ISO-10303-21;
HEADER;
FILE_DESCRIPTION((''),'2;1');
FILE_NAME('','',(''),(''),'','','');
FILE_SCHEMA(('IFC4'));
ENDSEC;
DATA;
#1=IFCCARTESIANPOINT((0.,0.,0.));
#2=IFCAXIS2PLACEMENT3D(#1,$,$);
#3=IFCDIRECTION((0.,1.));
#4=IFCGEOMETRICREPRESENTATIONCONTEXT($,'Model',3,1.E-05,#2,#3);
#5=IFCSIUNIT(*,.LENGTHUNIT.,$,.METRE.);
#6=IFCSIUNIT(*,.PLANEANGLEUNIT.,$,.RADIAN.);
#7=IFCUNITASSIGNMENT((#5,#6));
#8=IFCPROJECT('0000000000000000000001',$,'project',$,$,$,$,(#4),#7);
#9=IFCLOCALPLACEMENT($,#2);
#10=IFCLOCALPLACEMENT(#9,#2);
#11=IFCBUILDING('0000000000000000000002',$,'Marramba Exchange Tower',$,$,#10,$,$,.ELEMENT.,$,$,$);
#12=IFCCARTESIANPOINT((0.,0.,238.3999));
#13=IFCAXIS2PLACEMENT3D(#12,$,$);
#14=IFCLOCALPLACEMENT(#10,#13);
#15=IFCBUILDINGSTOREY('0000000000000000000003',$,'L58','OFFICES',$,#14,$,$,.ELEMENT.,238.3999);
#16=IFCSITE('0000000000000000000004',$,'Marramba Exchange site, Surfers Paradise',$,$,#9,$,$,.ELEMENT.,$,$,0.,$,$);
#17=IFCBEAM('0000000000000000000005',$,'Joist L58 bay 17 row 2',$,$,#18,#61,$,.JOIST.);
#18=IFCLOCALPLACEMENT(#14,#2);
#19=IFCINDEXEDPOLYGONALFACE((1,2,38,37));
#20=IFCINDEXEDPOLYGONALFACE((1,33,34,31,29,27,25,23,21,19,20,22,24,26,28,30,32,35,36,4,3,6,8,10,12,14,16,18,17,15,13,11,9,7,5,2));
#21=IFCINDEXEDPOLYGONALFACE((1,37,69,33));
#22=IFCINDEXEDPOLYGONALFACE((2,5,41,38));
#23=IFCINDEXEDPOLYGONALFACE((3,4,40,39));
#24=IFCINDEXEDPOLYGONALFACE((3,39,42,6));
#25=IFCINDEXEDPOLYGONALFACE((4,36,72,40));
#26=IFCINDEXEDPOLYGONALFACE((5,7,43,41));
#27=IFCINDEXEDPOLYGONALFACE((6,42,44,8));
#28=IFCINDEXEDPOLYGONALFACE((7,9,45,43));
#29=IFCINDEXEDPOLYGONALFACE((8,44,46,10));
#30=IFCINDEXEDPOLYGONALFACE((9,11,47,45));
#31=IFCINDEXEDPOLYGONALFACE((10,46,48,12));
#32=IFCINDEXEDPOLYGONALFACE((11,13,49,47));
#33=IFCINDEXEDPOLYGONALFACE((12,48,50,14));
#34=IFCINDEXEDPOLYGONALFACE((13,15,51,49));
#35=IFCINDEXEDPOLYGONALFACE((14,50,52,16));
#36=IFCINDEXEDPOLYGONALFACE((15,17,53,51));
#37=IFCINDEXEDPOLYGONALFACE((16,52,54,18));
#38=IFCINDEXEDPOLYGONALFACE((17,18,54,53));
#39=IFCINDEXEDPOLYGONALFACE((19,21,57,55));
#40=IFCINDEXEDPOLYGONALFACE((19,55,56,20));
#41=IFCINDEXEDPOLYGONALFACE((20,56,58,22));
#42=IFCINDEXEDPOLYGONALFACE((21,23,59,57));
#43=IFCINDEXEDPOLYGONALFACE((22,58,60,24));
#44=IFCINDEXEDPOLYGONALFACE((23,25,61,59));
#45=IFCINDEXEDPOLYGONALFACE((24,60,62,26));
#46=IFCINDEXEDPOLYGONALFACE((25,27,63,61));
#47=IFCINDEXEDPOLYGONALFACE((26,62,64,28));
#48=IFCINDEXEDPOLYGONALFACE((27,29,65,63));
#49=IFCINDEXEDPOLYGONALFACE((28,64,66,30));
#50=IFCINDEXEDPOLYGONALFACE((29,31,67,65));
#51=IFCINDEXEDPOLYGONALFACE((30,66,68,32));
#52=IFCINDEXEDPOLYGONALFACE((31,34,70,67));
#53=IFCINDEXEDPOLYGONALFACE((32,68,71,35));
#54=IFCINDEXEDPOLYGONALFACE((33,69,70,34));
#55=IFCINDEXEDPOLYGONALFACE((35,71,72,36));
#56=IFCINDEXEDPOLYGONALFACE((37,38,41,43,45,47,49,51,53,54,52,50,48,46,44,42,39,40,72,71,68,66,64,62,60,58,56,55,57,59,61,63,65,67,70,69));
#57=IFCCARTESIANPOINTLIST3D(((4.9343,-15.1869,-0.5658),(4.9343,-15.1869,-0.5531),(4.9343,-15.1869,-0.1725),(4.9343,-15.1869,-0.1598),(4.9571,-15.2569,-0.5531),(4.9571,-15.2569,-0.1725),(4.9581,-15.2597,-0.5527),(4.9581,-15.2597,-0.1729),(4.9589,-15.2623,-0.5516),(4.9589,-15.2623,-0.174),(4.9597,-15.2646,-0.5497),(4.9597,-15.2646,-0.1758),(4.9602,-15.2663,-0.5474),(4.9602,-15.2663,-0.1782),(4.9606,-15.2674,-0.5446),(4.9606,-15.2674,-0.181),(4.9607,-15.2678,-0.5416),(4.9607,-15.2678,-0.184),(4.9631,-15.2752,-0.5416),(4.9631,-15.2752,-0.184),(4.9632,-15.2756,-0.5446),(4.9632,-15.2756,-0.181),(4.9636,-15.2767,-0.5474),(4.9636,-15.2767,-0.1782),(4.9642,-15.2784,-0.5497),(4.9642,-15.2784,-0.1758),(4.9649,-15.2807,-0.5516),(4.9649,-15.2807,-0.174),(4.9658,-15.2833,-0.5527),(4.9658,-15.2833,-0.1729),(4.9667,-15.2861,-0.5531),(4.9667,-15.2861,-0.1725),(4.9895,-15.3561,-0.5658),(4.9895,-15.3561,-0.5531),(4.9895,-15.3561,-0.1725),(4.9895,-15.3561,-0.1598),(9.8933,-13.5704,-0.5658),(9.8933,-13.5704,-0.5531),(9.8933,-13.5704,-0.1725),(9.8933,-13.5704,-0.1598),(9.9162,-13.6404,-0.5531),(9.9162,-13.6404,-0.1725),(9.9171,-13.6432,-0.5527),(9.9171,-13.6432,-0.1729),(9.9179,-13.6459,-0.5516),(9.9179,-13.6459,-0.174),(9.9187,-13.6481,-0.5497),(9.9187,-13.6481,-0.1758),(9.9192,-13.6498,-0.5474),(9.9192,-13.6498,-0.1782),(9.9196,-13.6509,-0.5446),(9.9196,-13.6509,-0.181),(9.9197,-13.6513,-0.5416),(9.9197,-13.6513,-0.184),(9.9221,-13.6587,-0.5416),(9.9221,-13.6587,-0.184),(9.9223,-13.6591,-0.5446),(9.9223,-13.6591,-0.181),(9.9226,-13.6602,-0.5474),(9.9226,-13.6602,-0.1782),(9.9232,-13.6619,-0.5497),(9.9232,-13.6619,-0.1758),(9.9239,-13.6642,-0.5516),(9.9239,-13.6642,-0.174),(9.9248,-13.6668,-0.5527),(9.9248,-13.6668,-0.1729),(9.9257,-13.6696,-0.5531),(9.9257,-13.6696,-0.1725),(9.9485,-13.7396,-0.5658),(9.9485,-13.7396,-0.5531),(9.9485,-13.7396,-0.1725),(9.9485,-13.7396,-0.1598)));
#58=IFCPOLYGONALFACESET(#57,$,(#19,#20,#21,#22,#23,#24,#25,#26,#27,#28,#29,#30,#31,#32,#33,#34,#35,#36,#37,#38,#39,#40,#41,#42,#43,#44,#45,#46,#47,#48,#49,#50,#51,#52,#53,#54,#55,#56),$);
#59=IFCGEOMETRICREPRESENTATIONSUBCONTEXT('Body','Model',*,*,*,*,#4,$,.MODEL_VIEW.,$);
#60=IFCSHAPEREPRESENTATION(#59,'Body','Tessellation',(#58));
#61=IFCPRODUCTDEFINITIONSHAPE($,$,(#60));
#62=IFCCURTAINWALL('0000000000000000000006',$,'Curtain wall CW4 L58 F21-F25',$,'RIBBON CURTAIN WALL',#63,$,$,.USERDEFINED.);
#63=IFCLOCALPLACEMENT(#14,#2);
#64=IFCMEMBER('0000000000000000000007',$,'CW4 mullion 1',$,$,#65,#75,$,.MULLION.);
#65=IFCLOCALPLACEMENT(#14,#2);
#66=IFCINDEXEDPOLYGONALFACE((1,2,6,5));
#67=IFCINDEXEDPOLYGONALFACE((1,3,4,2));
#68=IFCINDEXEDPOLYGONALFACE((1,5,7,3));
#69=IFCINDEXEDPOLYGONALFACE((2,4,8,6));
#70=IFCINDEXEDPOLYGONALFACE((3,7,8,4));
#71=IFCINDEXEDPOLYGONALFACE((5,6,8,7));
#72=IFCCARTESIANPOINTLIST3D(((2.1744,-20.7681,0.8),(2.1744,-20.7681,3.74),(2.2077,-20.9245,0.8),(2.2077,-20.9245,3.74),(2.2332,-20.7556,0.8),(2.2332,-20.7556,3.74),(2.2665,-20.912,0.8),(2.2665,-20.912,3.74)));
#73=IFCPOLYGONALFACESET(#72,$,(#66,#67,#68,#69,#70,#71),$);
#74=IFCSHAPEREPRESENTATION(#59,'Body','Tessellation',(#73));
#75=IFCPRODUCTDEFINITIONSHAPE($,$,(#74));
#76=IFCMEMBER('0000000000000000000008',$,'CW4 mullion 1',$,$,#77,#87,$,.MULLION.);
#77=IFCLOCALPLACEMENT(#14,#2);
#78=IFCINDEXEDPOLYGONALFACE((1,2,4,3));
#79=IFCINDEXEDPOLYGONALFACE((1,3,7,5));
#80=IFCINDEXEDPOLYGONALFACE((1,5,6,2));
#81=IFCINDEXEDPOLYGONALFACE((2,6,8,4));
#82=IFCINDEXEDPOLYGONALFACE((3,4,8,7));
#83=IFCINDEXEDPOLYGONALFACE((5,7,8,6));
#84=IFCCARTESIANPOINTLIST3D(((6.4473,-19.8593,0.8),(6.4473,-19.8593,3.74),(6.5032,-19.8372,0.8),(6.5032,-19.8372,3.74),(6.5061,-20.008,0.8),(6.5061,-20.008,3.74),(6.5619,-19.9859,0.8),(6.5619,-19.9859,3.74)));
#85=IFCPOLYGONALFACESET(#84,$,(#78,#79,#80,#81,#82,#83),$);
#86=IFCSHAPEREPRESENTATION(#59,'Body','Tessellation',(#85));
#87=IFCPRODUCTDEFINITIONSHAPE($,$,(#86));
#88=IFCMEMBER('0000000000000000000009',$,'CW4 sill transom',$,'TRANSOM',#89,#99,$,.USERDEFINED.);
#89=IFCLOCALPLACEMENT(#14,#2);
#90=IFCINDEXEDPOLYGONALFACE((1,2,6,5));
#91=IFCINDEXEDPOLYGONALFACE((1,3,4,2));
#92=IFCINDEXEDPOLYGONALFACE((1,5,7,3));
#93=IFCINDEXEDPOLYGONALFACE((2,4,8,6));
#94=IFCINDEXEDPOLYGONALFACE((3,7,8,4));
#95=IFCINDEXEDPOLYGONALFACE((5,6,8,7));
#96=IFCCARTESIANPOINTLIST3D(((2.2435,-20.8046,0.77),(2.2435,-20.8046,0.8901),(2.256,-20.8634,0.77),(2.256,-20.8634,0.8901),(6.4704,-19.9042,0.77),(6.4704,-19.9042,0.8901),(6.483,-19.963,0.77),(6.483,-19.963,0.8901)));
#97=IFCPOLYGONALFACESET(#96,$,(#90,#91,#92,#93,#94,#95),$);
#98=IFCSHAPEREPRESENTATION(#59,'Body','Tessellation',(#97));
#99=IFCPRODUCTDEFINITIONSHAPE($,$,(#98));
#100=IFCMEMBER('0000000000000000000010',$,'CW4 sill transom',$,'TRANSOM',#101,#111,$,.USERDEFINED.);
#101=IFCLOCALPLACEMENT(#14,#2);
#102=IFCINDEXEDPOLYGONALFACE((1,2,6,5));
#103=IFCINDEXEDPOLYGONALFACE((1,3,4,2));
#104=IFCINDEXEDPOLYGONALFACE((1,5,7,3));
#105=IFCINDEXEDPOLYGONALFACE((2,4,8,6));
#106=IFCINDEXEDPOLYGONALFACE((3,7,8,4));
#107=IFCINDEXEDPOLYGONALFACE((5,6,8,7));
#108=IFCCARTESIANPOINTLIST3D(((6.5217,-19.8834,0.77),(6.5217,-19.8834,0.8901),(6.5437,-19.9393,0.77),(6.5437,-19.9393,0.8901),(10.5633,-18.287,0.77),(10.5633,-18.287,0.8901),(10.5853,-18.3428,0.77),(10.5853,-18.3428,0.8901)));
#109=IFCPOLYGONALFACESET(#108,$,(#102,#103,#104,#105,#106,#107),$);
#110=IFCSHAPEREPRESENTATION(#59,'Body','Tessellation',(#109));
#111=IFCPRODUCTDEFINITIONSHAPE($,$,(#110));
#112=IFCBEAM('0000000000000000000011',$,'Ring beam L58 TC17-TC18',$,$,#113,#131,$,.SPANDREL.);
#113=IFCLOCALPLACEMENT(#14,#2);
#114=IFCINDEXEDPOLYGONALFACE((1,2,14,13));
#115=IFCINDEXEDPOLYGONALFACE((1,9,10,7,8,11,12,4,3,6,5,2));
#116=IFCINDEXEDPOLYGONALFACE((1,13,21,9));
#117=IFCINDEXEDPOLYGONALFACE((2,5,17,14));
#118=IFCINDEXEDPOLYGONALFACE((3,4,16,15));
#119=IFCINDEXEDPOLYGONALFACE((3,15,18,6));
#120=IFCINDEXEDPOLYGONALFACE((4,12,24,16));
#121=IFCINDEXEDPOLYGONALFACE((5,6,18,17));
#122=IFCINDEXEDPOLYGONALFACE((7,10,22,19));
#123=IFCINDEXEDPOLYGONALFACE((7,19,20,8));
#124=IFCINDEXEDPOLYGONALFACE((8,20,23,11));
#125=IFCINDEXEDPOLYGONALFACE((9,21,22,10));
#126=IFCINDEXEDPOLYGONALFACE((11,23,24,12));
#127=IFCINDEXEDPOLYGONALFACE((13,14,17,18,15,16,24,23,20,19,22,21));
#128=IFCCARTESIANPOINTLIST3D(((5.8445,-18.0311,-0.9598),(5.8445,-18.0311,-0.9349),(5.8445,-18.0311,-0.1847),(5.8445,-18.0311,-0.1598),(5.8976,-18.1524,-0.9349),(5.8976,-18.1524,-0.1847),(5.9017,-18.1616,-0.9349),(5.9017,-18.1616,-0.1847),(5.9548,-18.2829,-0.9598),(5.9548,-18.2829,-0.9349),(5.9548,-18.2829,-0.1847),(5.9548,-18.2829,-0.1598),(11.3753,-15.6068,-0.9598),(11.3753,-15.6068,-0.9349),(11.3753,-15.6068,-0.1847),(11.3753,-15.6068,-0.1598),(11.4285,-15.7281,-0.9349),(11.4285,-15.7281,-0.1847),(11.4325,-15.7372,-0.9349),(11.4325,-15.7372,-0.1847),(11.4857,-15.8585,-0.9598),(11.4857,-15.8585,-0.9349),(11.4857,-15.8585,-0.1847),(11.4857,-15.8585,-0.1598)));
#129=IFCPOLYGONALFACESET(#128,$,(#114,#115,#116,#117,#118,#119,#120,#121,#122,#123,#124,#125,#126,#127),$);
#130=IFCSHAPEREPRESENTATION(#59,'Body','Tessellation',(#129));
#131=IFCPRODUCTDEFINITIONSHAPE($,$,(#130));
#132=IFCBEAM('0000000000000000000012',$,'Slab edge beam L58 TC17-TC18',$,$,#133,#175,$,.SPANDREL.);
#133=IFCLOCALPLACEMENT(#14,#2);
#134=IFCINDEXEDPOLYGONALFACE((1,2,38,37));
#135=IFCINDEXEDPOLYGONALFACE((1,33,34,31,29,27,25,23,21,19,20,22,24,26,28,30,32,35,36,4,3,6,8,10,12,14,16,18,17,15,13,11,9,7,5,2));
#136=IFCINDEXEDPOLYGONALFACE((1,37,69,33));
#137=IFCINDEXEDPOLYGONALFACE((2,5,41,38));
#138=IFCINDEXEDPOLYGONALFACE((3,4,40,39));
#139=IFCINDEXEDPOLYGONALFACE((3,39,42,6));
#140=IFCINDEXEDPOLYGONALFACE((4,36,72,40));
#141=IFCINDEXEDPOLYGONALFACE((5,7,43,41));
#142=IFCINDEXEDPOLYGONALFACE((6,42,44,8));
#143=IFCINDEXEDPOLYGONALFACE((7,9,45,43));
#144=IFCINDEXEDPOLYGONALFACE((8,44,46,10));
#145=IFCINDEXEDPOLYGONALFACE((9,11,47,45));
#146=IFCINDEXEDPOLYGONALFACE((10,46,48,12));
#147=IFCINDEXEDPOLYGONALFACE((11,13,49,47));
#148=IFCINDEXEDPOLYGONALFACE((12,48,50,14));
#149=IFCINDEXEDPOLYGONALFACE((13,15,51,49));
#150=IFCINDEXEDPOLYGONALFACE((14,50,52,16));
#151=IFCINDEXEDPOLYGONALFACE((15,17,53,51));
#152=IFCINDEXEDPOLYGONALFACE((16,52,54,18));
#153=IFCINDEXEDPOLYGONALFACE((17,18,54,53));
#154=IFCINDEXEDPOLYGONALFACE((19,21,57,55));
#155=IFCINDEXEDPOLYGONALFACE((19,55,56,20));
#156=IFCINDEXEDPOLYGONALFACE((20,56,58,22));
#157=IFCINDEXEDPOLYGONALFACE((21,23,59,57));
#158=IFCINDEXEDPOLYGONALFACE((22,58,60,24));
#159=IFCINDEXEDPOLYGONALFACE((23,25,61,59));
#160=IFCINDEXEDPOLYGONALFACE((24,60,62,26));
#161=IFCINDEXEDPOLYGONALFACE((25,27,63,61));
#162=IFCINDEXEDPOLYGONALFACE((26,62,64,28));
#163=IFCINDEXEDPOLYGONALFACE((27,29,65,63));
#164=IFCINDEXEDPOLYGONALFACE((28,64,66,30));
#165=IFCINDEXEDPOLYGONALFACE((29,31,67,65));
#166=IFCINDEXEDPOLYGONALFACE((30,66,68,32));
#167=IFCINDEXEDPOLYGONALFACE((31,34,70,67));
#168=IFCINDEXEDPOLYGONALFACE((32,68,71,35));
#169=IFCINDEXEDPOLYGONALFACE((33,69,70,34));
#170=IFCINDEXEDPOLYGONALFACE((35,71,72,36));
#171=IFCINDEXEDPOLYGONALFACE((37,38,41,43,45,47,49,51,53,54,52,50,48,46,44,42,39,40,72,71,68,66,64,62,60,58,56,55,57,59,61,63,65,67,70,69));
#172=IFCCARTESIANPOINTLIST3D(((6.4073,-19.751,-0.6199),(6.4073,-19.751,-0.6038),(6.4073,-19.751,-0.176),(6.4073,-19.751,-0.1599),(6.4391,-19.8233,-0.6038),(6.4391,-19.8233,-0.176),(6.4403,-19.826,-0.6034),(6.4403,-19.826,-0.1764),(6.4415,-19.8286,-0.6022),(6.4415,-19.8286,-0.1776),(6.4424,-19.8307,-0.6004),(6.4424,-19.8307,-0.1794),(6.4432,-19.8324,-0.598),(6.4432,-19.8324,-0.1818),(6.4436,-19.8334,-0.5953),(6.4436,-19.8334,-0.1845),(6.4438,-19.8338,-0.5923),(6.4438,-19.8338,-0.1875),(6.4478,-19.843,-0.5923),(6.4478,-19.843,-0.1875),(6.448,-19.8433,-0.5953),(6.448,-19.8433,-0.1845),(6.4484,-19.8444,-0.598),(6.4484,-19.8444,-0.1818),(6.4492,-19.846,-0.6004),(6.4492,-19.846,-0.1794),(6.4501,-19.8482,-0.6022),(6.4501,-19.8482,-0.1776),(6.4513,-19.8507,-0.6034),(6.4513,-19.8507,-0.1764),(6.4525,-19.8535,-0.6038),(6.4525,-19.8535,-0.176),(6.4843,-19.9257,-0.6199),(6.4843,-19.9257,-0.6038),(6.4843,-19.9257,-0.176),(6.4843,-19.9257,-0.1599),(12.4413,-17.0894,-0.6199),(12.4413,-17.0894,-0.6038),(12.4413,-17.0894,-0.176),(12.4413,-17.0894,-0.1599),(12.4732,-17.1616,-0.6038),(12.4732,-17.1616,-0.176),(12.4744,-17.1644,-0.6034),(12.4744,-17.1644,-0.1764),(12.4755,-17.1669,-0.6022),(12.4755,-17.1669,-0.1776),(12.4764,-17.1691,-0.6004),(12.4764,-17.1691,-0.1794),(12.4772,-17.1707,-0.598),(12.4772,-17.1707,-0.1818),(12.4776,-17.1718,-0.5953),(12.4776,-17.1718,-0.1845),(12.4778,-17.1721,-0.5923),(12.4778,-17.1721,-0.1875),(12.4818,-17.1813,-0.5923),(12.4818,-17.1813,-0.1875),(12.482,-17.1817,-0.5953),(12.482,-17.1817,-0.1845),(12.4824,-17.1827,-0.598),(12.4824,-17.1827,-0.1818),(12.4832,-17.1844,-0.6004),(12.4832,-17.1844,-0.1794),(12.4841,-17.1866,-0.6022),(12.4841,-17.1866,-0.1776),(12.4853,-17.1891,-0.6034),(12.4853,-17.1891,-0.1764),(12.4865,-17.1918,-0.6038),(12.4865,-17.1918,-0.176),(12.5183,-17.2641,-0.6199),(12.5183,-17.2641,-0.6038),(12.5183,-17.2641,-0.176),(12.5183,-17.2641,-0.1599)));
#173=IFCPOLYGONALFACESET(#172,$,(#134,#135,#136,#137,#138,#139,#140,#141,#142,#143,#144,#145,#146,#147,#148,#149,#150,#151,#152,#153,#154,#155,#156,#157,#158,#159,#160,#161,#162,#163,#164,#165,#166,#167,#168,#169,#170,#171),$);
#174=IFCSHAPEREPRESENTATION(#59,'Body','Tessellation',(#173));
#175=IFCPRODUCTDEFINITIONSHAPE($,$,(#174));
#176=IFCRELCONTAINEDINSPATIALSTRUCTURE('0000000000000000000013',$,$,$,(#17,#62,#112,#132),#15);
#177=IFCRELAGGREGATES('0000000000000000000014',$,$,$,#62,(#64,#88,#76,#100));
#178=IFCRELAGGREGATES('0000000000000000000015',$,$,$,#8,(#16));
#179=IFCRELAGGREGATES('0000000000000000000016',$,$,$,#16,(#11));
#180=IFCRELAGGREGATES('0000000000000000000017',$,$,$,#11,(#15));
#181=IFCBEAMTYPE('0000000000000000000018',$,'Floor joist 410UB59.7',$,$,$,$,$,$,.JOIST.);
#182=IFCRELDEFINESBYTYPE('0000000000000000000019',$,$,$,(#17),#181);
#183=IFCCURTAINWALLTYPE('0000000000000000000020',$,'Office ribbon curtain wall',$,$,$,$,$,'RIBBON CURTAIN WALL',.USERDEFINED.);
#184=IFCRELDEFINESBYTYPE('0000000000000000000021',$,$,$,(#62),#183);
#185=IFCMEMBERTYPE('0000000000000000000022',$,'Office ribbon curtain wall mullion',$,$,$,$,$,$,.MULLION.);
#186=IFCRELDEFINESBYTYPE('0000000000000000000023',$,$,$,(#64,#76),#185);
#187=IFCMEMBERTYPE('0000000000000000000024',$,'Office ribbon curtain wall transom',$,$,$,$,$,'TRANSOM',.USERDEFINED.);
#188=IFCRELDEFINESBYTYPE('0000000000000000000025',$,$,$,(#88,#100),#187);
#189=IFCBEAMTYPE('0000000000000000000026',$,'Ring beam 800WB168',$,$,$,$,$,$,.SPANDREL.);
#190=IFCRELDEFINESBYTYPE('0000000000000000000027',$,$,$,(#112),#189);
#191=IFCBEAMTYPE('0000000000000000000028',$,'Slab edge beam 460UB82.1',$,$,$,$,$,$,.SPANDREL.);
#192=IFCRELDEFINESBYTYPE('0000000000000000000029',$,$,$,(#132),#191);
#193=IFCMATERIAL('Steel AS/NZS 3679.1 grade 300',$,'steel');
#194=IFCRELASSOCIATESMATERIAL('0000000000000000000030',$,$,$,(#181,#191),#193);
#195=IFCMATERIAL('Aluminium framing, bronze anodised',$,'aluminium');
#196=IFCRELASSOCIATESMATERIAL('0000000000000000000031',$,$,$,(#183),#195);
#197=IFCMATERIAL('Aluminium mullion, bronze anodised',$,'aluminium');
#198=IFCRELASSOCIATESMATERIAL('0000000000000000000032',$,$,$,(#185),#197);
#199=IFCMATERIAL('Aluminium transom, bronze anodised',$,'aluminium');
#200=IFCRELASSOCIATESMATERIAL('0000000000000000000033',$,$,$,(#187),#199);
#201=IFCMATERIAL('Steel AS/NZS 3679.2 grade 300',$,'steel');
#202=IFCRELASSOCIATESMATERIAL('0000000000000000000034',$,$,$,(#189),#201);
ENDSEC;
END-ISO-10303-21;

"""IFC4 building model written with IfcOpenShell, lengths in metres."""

from ifc_helpers import new_model, si_unit, direction, frame, origin, origin_2d, place, context, subcontext, project, spatial, rectangle, i_section, extrude, material, material_profile, profile_set, type_object, element, aggregate, save


model = new_model("IFC4")

# Units and contexts
model_context = context("Model", 3, precision=1e-05, world=origin(), true_north=direction((0.0, 1.0)))
body_context = subcontext(model_context, "Body", "Model", "MODEL_VIEW")
ifc_project = project(units=[si_unit("LENGTHUNIT", "METRE"), si_unit("PLANEANGLEUNIT", "RADIAN")], contexts=[model_context])

# Site, building, storey
site_placement = place(None, origin())
site = spatial("IfcSite", under=ifc_project, at=site_placement, Name="Marramba Exchange site, Surfers Paradise", CompositionType="ELEMENT", RefElevation=0.0)
building_placement = place(site_placement, origin())
building = spatial("IfcBuilding", under=site, at=building_placement, Name="Marramba Exchange Tower", CompositionType="ELEMENT")
storey_placement = place(building_placement, frame((0.0, 0.0, 238.3999)))
storey = spatial("IfcBuildingStorey", under=building, at=storey_placement, Name="L58", Description="OFFICES", CompositionType="ELEMENT", Elevation=238.3999)

# Beam
ifc_material_1 = material(Name="Steel AS/NZS 3679.2 grade 300", Category="steel")
ifc_material_2 = material(Name="Steel AS/NZS 3679.1 grade 300", Category="steel")
ifc_material_profile_1 = material_profile(ifc_material_2, i_section(OverallWidth=0.178, OverallDepth=0.406, WebThickness=0.0078, FlangeThickness=0.0127, FilletRadius=0.0115, at=origin_2d()), Name="410UB59.7")
ifc_profile_set_1 = profile_set([ifc_material_profile_1], Name="Steel AS/NZS 3679.1 grade 300")
beam_type_1 = type_object("IfcBeamType", Name="Floor joist 410UB59.7", PredefinedType="JOIST", material=ifc_profile_set_1)
beam_1_placement = place(storey_placement, frame((4.9619, -15.2715, -0.3628), z_axis=(0.950764, 0.309916, 0.0), x_axis=(-0.309916, 0.950764, 0.0)))
element("IfcBeam", 1, at=beam_1_placement, inside=storey, type_object=beam_type_1, Name="Joist L58 bay 17 row 2", PredefinedType="JOIST", context=body_context, shape_type="SweptSolid", body=[
    extrude(i_section(OverallWidth=0.178, OverallDepth=0.406, WebThickness=0.0078, FlangeThickness=0.0127, FilletRadius=0.0115, at=origin_2d()), origin(), (0.0, 0.0, 1.0), 5.2158),
])

# Curtain wall, members
ifc_material_3 = material(Name="Aluminium framing, bronze anodised", Category="aluminium")
curtain_wall_type = type_object("IfcCurtainWallType", Name="Office ribbon curtain wall", ElementType="RIBBON CURTAIN WALL", PredefinedType="USERDEFINED", material=ifc_material_3)
curtain_wall_placement = place(storey_placement, origin())
curtain_wall = element("IfcCurtainWall", 2, at=curtain_wall_placement, inside=storey, type_object=curtain_wall_type, Name="Curtain wall CW4 L58 F21-F25", ObjectType="RIBBON CURTAIN WALL", PredefinedType="USERDEFINED")
ifc_material_4 = material(Name="Aluminium mullion, bronze anodised", Category="aluminium")
ifc_material_profile_2 = material_profile(ifc_material_4, rectangle(XDim=0.1599, YDim=0.0601, at=origin_2d()), Name="CW4 mullion 60x160")
ifc_profile_set_2 = profile_set([ifc_material_profile_2], Name="Aluminium mullion, bronze anodised")
member_type_1 = type_object("IfcMemberType", Name="Office ribbon curtain wall mullion", PredefinedType="MULLION", material=ifc_profile_set_2)
member_1_placement = place(storey_placement, frame((2.2205, -20.8401, 0.8), z_axis=(0.0, 0.0, 1.0), x_axis=(-0.208332, 0.978058, 0.0)))
member_1 = element("IfcMember", 3, at=member_1_placement, type_object=member_type_1, Name="CW4 mullion 1", PredefinedType="MULLION", context=body_context, shape_type="SweptSolid", body=[
    extrude(rectangle(XDim=0.1599, YDim=0.0601, at=origin_2d()), origin(), (0.0, 0.0, 1.0), 2.9399),
])
member_2_placement = place(storey_placement, frame((6.5046, -19.9226, 0.8), z_axis=(0.0, 0.0, 1.0), x_axis=(-0.367375, 0.930073, 0.0)))
member_2 = element("IfcMember", 4, at=member_2_placement, type_object=member_type_1, Name="CW4 mullion 1", PredefinedType="MULLION", context=body_context, shape_type="SweptSolid", body=[
    extrude(rectangle(XDim=0.1599, YDim=0.0601, at=origin_2d()), origin(), (0.0, 0.0, 1.0), 2.9399),
])
ifc_material_5 = material(Name="Aluminium transom, bronze anodised", Category="aluminium")
ifc_material_profile_3 = material_profile(ifc_material_5, rectangle(XDim=0.0601, YDim=0.1201, at=origin_2d()), Name="CW4 transom 60x120")
ifc_profile_set_3 = profile_set([ifc_material_profile_3], Name="Aluminium transom, bronze anodised")
member_type_2 = type_object("IfcMemberType", Name="Office ribbon curtain wall transom", ElementType="TRANSOM", PredefinedType="USERDEFINED", material=ifc_profile_set_3)
member_3_placement = place(storey_placement, frame((2.2498, -20.834, 0.8301), z_axis=(0.978058, 0.208333, 0.0), x_axis=(-0.208333, 0.978058, 0.0)))
member_3 = element("IfcMember", 5, at=member_3_placement, type_object=member_type_2, Name="CW4 sill transom", ObjectType="TRANSOM", PredefinedType="USERDEFINED", context=body_context, shape_type="SweptSolid", body=[
    extrude(rectangle(XDim=0.0601, YDim=0.1201, at=origin_2d()), origin(), (0.0, 0.0, 1.0), 4.3218),
])
member_4_placement = place(storey_placement, frame((6.5327, -19.9114, 0.8301), z_axis=(0.930068, 0.367387, 0.0), x_axis=(-0.367387, 0.930068, 0.0)))
member_4 = element("IfcMember", 6, at=member_4_placement, type_object=member_type_2, Name="CW4 sill transom", ObjectType="TRANSOM", PredefinedType="USERDEFINED", context=body_context, shape_type="SweptSolid", body=[
    extrude(rectangle(XDim=0.0601, YDim=0.1201, at=origin_2d()), origin(), (0.0, 0.0, 1.0), 4.3455),
])

# Beams
ifc_material_profile_4 = material_profile(ifc_material_1, i_section(OverallWidth=0.2749, OverallDepth=0.8, WebThickness=0.01, FlangeThickness=0.0249, at=origin_2d()), Name="800WB168")
ifc_profile_set_4 = profile_set([ifc_material_profile_4], Name="Steel AS/NZS 3679.2 grade 300")
beam_type_2 = type_object("IfcBeamType", Name="Ring beam 800WB168", PredefinedType="SPANDREL", material=ifc_profile_set_4)
beam_2_placement = place(storey_placement, frame((5.8997, -18.157, -0.5598), z_axis=(0.915877, 0.401459, 0.0), x_axis=(-0.401459, 0.915877, 0.0)))
element("IfcBeam", 7, at=beam_2_placement, inside=storey, type_object=beam_type_2, Name="Ring beam L58 TC17-TC18", PredefinedType="SPANDREL", context=body_context, shape_type="SweptSolid", body=[
    extrude(i_section(OverallWidth=0.2749, OverallDepth=0.8, WebThickness=0.01, FlangeThickness=0.0249, at=origin_2d()), origin(), (0.0, 0.0, 1.0), 6.0388),
])
ifc_material_profile_5 = material_profile(ifc_material_2, i_section(OverallWidth=0.1909, OverallDepth=0.46, WebThickness=0.01, FlangeThickness=0.0161, FilletRadius=0.0115, at=origin_2d()), Name="460UB82.1")
ifc_profile_set_5 = profile_set([ifc_material_profile_5], Name="Steel AS/NZS 3679.1 grade 300")
beam_type_3 = type_object("IfcBeamType", Name="Slab edge beam 460UB82.1", PredefinedType="SPANDREL", material=ifc_profile_set_5)
beam_3_placement = place(storey_placement, frame((6.4458, -19.8384, -0.3899), z_axis=(0.914941, 0.403588, 0.0), x_axis=(-0.403588, 0.914941, 0.0)))
element("IfcBeam", 8, at=beam_3_placement, inside=storey, type_object=beam_type_3, Name="Slab edge beam L58 TC17-TC18", PredefinedType="SPANDREL", context=body_context, shape_type="SweptSolid", body=[
    extrude(i_section(OverallWidth=0.1909, OverallDepth=0.46, WebThickness=0.01, FlangeThickness=0.0161, FilletRadius=0.0115, at=origin_2d()), origin(), (0.0, 0.0, 1.0), 6.595),
])

aggregate(curtain_wall, [member_1, member_3, member_2, member_4])

save(model, "model.ifc")
